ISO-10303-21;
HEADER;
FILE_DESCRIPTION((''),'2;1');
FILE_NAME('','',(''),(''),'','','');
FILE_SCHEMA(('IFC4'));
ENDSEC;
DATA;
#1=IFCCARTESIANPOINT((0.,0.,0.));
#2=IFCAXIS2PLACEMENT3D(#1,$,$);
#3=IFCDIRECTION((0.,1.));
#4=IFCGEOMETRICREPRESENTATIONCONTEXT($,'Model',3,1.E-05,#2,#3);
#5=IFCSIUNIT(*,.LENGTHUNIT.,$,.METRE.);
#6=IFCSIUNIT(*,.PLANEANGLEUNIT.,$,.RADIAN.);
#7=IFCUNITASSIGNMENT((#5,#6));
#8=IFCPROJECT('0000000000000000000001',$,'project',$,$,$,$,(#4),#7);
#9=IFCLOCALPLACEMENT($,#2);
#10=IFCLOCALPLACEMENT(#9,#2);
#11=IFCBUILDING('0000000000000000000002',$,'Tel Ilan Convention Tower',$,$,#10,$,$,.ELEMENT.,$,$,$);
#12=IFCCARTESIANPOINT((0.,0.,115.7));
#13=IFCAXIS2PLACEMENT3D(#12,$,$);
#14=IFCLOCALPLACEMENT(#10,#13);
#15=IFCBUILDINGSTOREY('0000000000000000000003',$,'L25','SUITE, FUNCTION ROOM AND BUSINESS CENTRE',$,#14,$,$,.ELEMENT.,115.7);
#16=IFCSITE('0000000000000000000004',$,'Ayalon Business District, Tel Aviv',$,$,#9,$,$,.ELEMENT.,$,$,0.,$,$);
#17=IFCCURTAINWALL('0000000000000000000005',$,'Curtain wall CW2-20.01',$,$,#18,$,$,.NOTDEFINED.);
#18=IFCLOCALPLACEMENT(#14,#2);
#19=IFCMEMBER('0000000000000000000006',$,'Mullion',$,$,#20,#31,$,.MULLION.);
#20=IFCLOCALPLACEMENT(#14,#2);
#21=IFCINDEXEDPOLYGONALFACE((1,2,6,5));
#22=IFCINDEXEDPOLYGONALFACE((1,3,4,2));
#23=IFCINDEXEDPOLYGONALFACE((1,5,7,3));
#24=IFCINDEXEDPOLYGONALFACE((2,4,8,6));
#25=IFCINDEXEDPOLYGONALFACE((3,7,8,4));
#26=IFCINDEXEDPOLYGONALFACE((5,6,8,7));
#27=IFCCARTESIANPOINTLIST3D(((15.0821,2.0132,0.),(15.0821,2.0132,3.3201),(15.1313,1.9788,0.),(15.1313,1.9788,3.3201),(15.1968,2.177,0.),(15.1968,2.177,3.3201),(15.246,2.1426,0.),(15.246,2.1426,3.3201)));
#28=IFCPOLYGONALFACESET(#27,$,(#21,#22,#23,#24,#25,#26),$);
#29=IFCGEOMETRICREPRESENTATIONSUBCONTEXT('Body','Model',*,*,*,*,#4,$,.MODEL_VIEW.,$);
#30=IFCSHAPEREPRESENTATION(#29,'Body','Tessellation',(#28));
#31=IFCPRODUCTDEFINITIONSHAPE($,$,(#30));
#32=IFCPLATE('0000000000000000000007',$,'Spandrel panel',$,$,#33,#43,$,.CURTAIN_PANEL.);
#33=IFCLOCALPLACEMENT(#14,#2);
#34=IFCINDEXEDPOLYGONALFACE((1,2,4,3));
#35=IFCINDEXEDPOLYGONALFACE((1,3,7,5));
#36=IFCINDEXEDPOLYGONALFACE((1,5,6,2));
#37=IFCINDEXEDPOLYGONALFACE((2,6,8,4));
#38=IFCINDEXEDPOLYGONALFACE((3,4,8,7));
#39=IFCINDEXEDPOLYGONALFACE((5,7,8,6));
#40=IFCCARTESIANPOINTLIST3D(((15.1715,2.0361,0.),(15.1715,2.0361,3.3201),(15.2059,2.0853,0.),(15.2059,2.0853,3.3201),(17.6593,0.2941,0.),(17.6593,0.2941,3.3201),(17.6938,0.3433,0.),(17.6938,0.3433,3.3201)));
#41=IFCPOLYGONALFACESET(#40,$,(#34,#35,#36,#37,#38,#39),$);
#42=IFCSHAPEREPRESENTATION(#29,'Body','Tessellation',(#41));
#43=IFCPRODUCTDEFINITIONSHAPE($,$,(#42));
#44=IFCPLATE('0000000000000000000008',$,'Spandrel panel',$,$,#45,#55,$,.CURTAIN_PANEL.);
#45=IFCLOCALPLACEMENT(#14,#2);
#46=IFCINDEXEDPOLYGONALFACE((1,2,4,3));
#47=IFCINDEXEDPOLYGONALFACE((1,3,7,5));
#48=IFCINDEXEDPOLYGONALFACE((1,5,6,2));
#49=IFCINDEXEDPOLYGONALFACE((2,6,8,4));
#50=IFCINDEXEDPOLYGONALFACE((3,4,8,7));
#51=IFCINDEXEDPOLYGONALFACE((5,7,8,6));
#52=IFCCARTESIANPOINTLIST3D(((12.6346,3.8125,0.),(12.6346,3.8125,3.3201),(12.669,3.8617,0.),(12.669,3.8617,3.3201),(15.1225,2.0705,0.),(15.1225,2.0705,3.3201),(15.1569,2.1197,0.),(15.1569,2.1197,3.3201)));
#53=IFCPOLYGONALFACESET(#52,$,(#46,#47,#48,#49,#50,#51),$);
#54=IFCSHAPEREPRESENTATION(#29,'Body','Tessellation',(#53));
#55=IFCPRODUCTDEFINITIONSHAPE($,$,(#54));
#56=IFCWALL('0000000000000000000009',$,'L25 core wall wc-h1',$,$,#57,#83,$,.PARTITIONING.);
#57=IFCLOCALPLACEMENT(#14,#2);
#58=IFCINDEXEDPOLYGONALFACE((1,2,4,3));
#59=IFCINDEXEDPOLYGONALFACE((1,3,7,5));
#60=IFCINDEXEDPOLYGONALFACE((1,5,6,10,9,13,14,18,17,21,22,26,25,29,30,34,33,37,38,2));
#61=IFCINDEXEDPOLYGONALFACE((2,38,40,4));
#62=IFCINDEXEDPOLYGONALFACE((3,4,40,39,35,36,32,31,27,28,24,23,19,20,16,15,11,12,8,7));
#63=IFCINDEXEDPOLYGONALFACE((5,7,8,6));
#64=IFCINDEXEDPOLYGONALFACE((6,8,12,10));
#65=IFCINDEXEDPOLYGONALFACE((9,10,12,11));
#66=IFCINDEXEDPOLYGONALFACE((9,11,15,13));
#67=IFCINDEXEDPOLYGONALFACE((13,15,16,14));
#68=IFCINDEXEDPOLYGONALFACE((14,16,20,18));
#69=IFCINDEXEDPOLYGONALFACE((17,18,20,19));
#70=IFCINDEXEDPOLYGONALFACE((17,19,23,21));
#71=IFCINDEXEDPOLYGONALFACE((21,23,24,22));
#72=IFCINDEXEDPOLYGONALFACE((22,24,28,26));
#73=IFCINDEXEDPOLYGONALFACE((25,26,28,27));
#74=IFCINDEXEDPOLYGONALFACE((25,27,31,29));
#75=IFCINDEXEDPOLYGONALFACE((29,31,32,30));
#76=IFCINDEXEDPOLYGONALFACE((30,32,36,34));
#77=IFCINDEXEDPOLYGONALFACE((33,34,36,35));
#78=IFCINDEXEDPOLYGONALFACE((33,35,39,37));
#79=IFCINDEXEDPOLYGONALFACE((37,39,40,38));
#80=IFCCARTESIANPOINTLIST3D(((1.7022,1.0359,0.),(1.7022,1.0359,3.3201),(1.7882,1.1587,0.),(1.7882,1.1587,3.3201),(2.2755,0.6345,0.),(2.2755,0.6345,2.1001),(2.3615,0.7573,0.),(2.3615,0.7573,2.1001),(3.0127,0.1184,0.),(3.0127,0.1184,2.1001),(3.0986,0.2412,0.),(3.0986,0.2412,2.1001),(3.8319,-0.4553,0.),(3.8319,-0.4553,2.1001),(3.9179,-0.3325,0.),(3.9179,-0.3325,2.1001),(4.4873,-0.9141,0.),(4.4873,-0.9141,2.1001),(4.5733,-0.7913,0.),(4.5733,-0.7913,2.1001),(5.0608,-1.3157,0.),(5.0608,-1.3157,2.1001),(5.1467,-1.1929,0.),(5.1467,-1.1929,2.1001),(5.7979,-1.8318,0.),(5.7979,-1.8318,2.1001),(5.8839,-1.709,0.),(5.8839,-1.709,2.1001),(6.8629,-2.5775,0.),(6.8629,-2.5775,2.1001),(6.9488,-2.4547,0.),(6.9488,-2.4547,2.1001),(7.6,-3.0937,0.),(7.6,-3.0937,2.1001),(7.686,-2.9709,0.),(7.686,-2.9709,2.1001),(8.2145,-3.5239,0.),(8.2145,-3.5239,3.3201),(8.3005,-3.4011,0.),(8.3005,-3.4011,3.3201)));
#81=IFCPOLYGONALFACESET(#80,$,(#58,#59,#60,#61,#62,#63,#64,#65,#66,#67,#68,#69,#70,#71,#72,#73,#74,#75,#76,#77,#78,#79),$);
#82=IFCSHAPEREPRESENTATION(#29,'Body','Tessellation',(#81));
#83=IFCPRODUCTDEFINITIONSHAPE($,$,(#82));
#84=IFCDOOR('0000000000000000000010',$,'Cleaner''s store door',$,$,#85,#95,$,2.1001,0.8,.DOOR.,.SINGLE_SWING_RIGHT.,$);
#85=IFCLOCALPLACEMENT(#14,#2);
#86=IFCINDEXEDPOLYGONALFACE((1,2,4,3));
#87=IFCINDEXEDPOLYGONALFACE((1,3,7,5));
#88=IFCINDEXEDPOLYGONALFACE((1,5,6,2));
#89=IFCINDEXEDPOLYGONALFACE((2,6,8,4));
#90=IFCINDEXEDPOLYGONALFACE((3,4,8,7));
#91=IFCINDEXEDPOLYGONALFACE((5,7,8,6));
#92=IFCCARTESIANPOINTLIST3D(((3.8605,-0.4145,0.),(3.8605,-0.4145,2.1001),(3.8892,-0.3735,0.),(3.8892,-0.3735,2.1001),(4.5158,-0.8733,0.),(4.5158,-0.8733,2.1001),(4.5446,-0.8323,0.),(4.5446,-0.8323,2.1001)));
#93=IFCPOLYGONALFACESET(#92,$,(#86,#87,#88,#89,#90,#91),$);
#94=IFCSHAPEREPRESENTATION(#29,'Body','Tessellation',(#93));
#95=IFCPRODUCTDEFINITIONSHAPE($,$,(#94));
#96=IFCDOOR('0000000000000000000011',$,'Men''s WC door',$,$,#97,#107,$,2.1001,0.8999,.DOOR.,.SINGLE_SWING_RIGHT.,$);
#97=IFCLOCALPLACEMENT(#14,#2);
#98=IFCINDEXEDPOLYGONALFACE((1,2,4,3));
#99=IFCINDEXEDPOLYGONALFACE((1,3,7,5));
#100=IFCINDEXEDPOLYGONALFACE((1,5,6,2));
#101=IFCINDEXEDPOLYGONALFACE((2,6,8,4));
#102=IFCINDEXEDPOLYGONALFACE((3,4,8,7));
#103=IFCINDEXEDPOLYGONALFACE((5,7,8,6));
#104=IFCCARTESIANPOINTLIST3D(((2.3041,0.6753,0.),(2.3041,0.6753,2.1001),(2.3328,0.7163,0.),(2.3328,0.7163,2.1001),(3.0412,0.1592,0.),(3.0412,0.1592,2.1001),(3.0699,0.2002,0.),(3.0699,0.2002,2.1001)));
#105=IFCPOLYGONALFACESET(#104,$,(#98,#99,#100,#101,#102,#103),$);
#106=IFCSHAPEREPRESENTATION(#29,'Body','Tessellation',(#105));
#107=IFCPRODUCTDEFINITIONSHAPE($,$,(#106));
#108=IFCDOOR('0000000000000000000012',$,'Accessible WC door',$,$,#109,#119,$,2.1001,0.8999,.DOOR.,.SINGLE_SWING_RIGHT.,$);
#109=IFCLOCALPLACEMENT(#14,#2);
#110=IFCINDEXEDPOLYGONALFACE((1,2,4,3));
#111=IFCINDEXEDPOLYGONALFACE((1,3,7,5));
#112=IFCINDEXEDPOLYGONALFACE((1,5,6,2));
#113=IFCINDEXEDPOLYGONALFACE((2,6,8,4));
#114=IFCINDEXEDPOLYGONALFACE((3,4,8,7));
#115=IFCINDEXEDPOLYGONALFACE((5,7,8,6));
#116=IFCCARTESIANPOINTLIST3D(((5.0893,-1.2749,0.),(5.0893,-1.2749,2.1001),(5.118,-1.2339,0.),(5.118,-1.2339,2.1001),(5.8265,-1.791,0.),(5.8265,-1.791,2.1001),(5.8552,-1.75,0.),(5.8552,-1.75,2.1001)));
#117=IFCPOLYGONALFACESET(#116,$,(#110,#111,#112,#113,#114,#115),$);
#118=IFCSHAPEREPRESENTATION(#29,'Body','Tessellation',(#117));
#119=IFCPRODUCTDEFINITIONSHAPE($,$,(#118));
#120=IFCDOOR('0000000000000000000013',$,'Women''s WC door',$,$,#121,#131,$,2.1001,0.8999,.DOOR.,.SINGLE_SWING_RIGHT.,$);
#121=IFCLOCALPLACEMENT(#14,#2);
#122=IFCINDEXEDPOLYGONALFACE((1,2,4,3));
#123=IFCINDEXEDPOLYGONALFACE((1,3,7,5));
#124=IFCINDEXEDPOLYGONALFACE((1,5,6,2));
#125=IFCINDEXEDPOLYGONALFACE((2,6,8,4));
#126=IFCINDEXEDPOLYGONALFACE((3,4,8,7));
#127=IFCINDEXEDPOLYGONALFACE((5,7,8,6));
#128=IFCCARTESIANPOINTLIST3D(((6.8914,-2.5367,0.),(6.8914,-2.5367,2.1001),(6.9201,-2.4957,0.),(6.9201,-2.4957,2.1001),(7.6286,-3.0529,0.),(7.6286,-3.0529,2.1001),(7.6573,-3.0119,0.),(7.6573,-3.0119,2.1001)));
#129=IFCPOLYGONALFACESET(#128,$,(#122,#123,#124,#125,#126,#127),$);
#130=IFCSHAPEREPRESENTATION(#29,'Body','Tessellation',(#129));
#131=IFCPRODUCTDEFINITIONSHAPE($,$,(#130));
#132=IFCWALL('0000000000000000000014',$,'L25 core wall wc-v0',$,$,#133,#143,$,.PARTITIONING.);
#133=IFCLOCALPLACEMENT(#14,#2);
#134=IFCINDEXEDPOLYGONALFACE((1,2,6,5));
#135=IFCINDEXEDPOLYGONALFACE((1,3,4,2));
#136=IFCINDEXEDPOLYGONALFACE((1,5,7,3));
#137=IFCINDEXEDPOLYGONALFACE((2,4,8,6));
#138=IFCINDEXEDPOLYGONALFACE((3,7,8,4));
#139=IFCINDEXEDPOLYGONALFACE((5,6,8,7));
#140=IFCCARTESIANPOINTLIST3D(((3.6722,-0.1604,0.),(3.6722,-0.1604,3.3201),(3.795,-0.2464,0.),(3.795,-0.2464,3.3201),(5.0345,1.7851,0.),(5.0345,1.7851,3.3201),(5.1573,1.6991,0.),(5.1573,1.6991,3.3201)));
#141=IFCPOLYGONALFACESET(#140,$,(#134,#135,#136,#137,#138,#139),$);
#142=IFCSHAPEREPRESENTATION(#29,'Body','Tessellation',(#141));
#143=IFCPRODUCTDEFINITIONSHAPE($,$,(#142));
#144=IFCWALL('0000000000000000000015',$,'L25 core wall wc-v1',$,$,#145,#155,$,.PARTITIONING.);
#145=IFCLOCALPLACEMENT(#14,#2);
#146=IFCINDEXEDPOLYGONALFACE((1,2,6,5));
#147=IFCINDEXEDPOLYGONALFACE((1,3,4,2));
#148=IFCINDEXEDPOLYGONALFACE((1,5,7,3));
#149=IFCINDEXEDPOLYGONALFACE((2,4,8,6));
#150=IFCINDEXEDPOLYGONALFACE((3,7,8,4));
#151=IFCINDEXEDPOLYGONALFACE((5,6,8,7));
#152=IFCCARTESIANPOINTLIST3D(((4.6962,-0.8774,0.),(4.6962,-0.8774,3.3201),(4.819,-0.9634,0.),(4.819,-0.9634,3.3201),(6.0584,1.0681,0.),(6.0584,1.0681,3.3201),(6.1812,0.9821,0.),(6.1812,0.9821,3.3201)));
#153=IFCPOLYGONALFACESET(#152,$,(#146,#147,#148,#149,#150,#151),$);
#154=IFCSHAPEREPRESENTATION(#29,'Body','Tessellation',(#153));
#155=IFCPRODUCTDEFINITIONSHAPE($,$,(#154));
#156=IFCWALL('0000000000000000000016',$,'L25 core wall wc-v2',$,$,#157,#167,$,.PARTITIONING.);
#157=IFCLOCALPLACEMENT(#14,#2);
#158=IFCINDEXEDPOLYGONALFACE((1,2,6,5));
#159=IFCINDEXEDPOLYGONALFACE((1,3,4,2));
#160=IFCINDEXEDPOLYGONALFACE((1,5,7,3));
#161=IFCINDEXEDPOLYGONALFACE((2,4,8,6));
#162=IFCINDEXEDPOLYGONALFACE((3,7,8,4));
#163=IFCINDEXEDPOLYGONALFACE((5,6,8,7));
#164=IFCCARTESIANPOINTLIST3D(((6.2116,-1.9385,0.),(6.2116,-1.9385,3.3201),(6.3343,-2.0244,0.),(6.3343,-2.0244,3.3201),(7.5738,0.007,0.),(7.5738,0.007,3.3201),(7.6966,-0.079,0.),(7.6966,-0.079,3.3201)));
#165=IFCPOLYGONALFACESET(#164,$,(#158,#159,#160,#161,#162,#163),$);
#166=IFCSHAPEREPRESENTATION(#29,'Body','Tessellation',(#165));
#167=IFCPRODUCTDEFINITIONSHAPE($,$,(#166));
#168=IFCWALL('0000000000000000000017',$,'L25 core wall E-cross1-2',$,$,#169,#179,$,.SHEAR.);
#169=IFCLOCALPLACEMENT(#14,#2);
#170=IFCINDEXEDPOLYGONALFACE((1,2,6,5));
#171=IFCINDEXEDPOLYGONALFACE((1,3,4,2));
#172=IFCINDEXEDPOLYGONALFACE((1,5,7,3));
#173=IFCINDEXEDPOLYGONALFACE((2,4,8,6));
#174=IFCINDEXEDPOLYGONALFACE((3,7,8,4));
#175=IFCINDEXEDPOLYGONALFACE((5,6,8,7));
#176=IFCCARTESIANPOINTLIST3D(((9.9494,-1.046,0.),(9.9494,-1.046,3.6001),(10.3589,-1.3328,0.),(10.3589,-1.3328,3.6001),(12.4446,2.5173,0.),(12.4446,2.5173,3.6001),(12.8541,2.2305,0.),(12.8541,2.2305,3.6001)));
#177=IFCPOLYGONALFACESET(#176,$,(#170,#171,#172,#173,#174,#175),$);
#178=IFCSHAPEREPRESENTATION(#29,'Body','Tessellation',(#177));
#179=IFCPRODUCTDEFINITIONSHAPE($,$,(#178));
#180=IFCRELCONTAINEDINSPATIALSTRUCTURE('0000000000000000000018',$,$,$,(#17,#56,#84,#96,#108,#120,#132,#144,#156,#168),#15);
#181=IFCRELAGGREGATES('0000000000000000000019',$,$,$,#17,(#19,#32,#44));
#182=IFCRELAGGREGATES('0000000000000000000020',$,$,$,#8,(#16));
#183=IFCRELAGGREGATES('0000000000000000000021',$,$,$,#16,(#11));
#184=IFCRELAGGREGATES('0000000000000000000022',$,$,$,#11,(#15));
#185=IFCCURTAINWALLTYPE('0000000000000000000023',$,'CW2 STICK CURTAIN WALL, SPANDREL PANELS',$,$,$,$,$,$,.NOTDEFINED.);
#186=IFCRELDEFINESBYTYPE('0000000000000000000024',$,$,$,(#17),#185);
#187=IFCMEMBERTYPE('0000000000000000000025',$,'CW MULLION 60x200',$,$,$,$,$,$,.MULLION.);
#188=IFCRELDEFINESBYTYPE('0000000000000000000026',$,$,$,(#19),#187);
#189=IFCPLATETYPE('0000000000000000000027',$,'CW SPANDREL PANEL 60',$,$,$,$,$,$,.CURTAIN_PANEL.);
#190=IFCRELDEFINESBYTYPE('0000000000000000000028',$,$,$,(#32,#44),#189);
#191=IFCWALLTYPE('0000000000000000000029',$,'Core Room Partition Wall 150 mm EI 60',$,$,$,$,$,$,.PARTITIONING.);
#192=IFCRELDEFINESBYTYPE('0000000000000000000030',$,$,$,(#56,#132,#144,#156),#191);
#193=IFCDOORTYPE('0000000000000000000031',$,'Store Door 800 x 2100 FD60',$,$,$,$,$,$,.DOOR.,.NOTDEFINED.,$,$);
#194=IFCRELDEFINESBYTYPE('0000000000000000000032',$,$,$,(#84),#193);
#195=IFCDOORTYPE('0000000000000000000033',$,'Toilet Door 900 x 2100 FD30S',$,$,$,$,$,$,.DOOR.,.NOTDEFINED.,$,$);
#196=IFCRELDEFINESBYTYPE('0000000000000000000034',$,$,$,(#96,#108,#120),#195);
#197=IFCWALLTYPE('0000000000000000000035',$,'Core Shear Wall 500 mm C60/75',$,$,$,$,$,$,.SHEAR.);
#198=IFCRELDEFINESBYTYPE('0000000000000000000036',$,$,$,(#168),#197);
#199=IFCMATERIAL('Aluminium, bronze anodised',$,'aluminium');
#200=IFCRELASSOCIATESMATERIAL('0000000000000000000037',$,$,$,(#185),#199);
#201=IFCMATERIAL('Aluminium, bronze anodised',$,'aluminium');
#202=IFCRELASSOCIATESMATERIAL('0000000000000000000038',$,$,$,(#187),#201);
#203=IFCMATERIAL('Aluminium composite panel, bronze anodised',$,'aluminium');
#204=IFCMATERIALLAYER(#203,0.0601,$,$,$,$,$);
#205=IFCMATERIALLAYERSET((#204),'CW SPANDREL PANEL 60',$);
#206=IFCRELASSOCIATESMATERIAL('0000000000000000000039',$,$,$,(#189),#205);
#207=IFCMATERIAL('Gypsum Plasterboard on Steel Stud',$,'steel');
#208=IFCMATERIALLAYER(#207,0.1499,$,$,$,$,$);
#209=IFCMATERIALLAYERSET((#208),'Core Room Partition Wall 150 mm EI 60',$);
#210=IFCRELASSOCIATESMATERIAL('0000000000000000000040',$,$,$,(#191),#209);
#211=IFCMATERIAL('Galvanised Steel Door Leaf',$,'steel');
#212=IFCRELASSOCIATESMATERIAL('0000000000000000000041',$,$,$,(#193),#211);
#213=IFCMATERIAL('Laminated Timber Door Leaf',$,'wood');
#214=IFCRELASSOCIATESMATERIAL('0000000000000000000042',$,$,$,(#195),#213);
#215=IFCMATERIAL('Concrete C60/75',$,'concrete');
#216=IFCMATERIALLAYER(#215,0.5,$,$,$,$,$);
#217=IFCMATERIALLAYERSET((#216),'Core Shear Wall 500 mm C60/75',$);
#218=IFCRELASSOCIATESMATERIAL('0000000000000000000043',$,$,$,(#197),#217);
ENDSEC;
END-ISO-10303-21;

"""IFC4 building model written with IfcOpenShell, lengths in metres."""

from ifc_helpers import new_model, si_unit, direction, frame, frame_2d, origin, origin_2d, place, context, subcontext, project, spatial, polyline, rectangle, outline, extrude, material, layer, layer_set, material_profile, profile_set, type_object, element, fill, aggregate, save


model = new_model("IFC4")

# Units and contexts
model_context = context("Model", 3, precision=1e-05, world=origin(), true_north=direction((0.0, 1.0)))
body_context = subcontext(model_context, "Body", "Model", "MODEL_VIEW")
ifc_project = project(units=[si_unit("LENGTHUNIT", "METRE"), si_unit("PLANEANGLEUNIT", "RADIAN")], contexts=[model_context])

# Site, building, storey
site_placement = place(None, origin())
site = spatial("IfcSite", under=ifc_project, at=site_placement, Name="Ayalon Business District, Tel Aviv", CompositionType="ELEMENT", RefElevation=0.0)
building_placement = place(site_placement, origin())
building = spatial("IfcBuilding", under=site, at=building_placement, Name="Tel Ilan Convention Tower", CompositionType="ELEMENT")
storey_placement = place(building_placement, frame((0.0, 0.0, 115.7)))
storey = spatial("IfcBuildingStorey", under=building, at=storey_placement, Name="L25", Description="SUITE, FUNCTION ROOM AND BUSINESS CENTRE", CompositionType="ELEMENT", Elevation=115.7)

# Curtain wall, member, plates
ifc_material_1 = material(Name="Aluminium, bronze anodised", Category="aluminium")
curtain_wall_type = type_object("IfcCurtainWallType", Name="CW2 STICK CURTAIN WALL, SPANDREL PANELS", PredefinedType="NOTDEFINED", material=ifc_material_1)
curtain_wall_placement = place(storey_placement, origin())
curtain_wall = element("IfcCurtainWall", 1, at=curtain_wall_placement, inside=storey, type_object=curtain_wall_type, Name="Curtain wall CW2-20.01", PredefinedType="NOTDEFINED")
ifc_material_2 = material(Name="Aluminium, bronze anodised", Category="aluminium")
ifc_material_profile = material_profile(ifc_material_2, rectangle(XDim=0.0601, YDim=0.2, at=origin_2d()), Name="CW MULLION 60x200")
ifc_profile_set = profile_set([ifc_material_profile], Name="Aluminium, bronze anodised")
member_type = type_object("IfcMemberType", Name="CW MULLION 60x200", PredefinedType="MULLION", material=ifc_profile_set)
member_placement = place(storey_placement, frame((15.1641, 2.0779, 0.0), z_axis=(0.0, 0.0, 1.0), x_axis=(-0.819152, 0.573576, 0.0)))
member = element("IfcMember", 2, at=member_placement, type_object=member_type, Name="Mullion", PredefinedType="MULLION", context=body_context, shape_type="SweptSolid", body=[
    extrude(rectangle(XDim=0.0601, YDim=0.2, at=origin_2d()), origin(), (0.0, 0.0, 1.0), 3.3201),
])
ifc_material_3 = material(Name="Aluminium composite panel, bronze anodised", Category="aluminium")
ifc_layer_1 = layer(ifc_material_3, 0.0601)
ifc_layer_set_1 = layer_set([ifc_layer_1], Name="CW SPANDREL PANEL 60")
plate_type = type_object("IfcPlateType", Name="CW SPANDREL PANEL 60", PredefinedType="CURTAIN_PANEL", material=ifc_layer_set_1)
plate_1_placement = place(storey_placement, frame((16.4326, 1.1897, 0.0), z_axis=(0.0, 0.0, 1.0), x_axis=(-0.819152, 0.573576, 0.0)))
plate_1 = element("IfcPlate", 3, at=plate_1_placement, type_object=plate_type, Name="Spandrel panel", PredefinedType="CURTAIN_PANEL", context=body_context, shape_type="SweptSolid", body=[
    extrude(rectangle(XDim=3.0371, YDim=0.0601, at=origin_2d()), origin(), (0.0, 0.0, 1.0), 3.3201),
])
plate_2_placement = place(storey_placement, frame((13.8958, 2.9661, 0.0), z_axis=(0.0, 0.0, 1.0), x_axis=(-0.819152, 0.573576, 0.0)))
plate_2 = element("IfcPlate", 4, at=plate_2_placement, type_object=plate_type, Name="Spandrel panel", PredefinedType="CURTAIN_PANEL", context=body_context, shape_type="SweptSolid", body=[
    extrude(rectangle(XDim=3.0371, YDim=0.0601, at=origin_2d()), origin(), (0.0, 0.0, 1.0), 3.3201),
])
aggregate(curtain_wall, [member, plate_1, plate_2])

# Wall, openings, doors
ifc_material_4 = material(Name="Gypsum Plasterboard on Steel Stud", Category="steel")
ifc_layer_2 = layer(ifc_material_4, 0.1499)
ifc_layer_set_2 = layer_set([ifc_layer_2], Name="Core Room Partition Wall 150 mm EI 60")
wall_type_1 = type_object("IfcWallType", Name="Core Room Partition Wall 150 mm EI 60", PredefinedType="PARTITIONING", material=ifc_layer_set_2)
wall_1_placement = place(storey_placement, frame((1.7451, 1.0974, 0.0), z_axis=(0.0, 0.0, 1.0), x_axis=(0.819157, -0.57357, 0.0)))
wall_1 = element("IfcWall", 5, at=wall_1_placement, inside=storey, type_object=wall_type_1, Name="L25 core wall wc-h1", PredefinedType="PARTITIONING", context=body_context, shape_type="SweptSolid", body=[
    extrude(rectangle(XDim=7.95, YDim=0.1499, at=frame_2d((3.9751, 0.0))), origin(), (0.0, 0.0, 1.0), 3.3201),
])
opening_1_placement = place(wall_1_placement, frame((0.7, 0.0, 0.0)))
opening_1 = element("IfcOpeningElement", 6, at=opening_1_placement, cuts=wall_1, PredefinedType="OPENING", context=body_context, shape_type="SweptSolid", body=[
    extrude(rectangle(XDim=0.8999, YDim=2.1001, at=frame_2d((0.45, 1.05))), frame((0.0, 0.085, 0.0), z_axis=(0.0, -1.0, 0.0), x_axis=(1.0, 0.0, 0.0)), (0.0, 0.0, 1.0), 0.1699),
])
opening_2_placement = place(wall_1_placement, frame((2.6001, 0.0, 0.0)))
opening_2 = element("IfcOpeningElement", 7, at=opening_2_placement, cuts=wall_1, PredefinedType="OPENING", context=body_context, shape_type="SweptSolid", body=[
    extrude(rectangle(XDim=0.8, YDim=2.1001, at=frame_2d((0.3999, 1.05))), frame((0.0, 0.085, 0.0), z_axis=(0.0, -1.0, 0.0), x_axis=(1.0, 0.0, 0.0)), (0.0, 0.0, 1.0), 0.1699),
])
opening_3_placement = place(wall_1_placement, frame((4.1001, 0.0, 0.0)))
opening_3 = element("IfcOpeningElement", 8, at=opening_3_placement, cuts=wall_1, PredefinedType="OPENING", context=body_context, shape_type="SweptSolid", body=[
    extrude(rectangle(XDim=0.8999, YDim=2.1001, at=frame_2d((0.45, 1.05))), frame((0.0, 0.085, 0.0), z_axis=(0.0, -1.0, 0.0), x_axis=(1.0, 0.0, 0.0)), (0.0, 0.0, 1.0), 0.1699),
])
opening_4_placement = place(wall_1_placement, frame((6.3, 0.0, 0.0)))
opening_4 = element("IfcOpeningElement", 9, at=opening_4_placement, cuts=wall_1, PredefinedType="OPENING", context=body_context, shape_type="SweptSolid", body=[
    extrude(rectangle(XDim=0.8999, YDim=2.1001, at=frame_2d((0.45, 1.05))), frame((0.0, 0.085, 0.0), z_axis=(0.0, -1.0, 0.0), x_axis=(1.0, 0.0, 0.0)), (0.0, 0.0, 1.0), 0.1699),
])
ifc_material_5 = material(Name="Galvanised Steel Door Leaf", Category="steel")
door_type_1 = type_object("IfcDoorType", Name="Store Door 800 x 2100 FD60", OperationType="NOTDEFINED", PredefinedType="DOOR", material=ifc_material_5)
door_1_placement = place(opening_2_placement, origin())
door_1 = element("IfcDoor", 10, at=door_1_placement, inside=storey, type_object=door_type_1, Name="Cleaner's store door", OperationType="SINGLE_SWING_RIGHT", OverallHeight=2.1001, OverallWidth=0.8, PredefinedType="DOOR", context=body_context, shape_type="SweptSolid", body=[
    extrude(rectangle(XDim=0.8, YDim=2.1001, at=frame_2d((0.3999, 1.05))), frame((0.0, 0.0249, 0.0), z_axis=(0.0, -1.0, 0.0), x_axis=(1.0, 0.0, 0.0)), (0.0, 0.0, 1.0), 0.05),
])
fill(opening_2, door_1)
ifc_material_6 = material(Name="Laminated Timber Door Leaf", Category="wood")
door_type_2 = type_object("IfcDoorType", Name="Toilet Door 900 x 2100 FD30S", OperationType="NOTDEFINED", PredefinedType="DOOR", material=ifc_material_6)
door_2_placement = place(opening_1_placement, origin())
door_2 = element("IfcDoor", 11, at=door_2_placement, inside=storey, type_object=door_type_2, Name="Men's WC door", OperationType="SINGLE_SWING_RIGHT", OverallHeight=2.1001, OverallWidth=0.8999, PredefinedType="DOOR", context=body_context, shape_type="SweptSolid", body=[
    extrude(rectangle(XDim=0.8999, YDim=2.1001, at=frame_2d((0.45, 1.05))), frame((0.0, 0.0249, 0.0), z_axis=(0.0, -1.0, 0.0), x_axis=(1.0, 0.0, 0.0)), (0.0, 0.0, 1.0), 0.05),
])
fill(opening_1, door_2)
door_3_placement = place(opening_3_placement, origin())
door_3 = element("IfcDoor", 12, at=door_3_placement, inside=storey, type_object=door_type_2, Name="Accessible WC door", OperationType="SINGLE_SWING_RIGHT", OverallHeight=2.1001, OverallWidth=0.8999, PredefinedType="DOOR", context=body_context, shape_type="SweptSolid", body=[
    extrude(rectangle(XDim=0.8999, YDim=2.1001, at=frame_2d((0.45, 1.05))), frame((0.0, 0.0249, 0.0), z_axis=(0.0, -1.0, 0.0), x_axis=(1.0, 0.0, 0.0)), (0.0, 0.0, 1.0), 0.05),
])
fill(opening_3, door_3)
door_4_placement = place(opening_4_placement, origin())
door_4 = element("IfcDoor", 13, at=door_4_placement, inside=storey, type_object=door_type_2, Name="Women's WC door", OperationType="SINGLE_SWING_RIGHT", OverallHeight=2.1001, OverallWidth=0.8999, PredefinedType="DOOR", context=body_context, shape_type="SweptSolid", body=[
    extrude(rectangle(XDim=0.8999, YDim=2.1001, at=frame_2d((0.45, 1.05))), frame((0.0, 0.0249, 0.0), z_axis=(0.0, -1.0, 0.0), x_axis=(1.0, 0.0, 0.0)), (0.0, 0.0, 1.0), 0.05),
])
fill(opening_4, door_4)

# Walls
for number, where, z_axis, x_axis, name in (
    (14, (3.7336, -0.2034, 0.0), (0.0, 0.0, 1.0), (0.57358, 0.81915, 0.0), "L25 core wall wc-v0"),
    (15, (4.7576, -0.9204, 0.0), (0.0, 0.0, 1.0), (0.57358, 0.81915, 0.0), "L25 core wall wc-v1"),
    (16, (6.2729, -1.9814, 0.0), (0.0, 0.0, 1.0), (0.57358, 0.81915, 0.0), "L25 core wall wc-v2"),
):
    element("IfcWall", number, at=place(storey_placement, frame(where, z_axis=z_axis, x_axis=x_axis)), inside=storey, type_object=wall_type_1, Name=name, PredefinedType="PARTITIONING", context=body_context, shape_type="SweptSolid", body=[
        extrude(rectangle(XDim=2.375, YDim=0.1499, at=frame_2d((1.1875, 0.0))), origin(), (0.0, 0.0, 1.0), 3.3201),
    ])
ifc_material_7 = material(Name="Concrete C60/75", Category="concrete")
ifc_layer_3 = layer(ifc_material_7, 0.5)
ifc_layer_set_3 = layer_set([ifc_layer_3], Name="Core Shear Wall 500 mm C60/75")
wall_type_2 = type_object("IfcWallType", Name="Core Shear Wall 500 mm C60/75", PredefinedType="SHEAR", material=ifc_layer_set_3)
wall_2_placement = place(storey_placement, frame((10.1543, -1.1892, 0.0), z_axis=(0.0, 0.0, 1.0), x_axis=(0.573594, 0.81914, 0.0)))
element("IfcWall", 17, at=wall_2_placement, inside=storey, type_object=wall_type_2, Name="L25 core wall E-cross1-2", PredefinedType="SHEAR", context=body_context, shape_type="SweptSolid", body=[
    extrude(outline(polyline([(4.3499, -0.25), (4.3499, 0.25), (-0.0002, 0.25), (-0.0002, -0.25), (4.3499, -0.25)])), origin(), (0.0, 0.0, 1.0), 3.6001),
])

save(model, "model.ifc")
